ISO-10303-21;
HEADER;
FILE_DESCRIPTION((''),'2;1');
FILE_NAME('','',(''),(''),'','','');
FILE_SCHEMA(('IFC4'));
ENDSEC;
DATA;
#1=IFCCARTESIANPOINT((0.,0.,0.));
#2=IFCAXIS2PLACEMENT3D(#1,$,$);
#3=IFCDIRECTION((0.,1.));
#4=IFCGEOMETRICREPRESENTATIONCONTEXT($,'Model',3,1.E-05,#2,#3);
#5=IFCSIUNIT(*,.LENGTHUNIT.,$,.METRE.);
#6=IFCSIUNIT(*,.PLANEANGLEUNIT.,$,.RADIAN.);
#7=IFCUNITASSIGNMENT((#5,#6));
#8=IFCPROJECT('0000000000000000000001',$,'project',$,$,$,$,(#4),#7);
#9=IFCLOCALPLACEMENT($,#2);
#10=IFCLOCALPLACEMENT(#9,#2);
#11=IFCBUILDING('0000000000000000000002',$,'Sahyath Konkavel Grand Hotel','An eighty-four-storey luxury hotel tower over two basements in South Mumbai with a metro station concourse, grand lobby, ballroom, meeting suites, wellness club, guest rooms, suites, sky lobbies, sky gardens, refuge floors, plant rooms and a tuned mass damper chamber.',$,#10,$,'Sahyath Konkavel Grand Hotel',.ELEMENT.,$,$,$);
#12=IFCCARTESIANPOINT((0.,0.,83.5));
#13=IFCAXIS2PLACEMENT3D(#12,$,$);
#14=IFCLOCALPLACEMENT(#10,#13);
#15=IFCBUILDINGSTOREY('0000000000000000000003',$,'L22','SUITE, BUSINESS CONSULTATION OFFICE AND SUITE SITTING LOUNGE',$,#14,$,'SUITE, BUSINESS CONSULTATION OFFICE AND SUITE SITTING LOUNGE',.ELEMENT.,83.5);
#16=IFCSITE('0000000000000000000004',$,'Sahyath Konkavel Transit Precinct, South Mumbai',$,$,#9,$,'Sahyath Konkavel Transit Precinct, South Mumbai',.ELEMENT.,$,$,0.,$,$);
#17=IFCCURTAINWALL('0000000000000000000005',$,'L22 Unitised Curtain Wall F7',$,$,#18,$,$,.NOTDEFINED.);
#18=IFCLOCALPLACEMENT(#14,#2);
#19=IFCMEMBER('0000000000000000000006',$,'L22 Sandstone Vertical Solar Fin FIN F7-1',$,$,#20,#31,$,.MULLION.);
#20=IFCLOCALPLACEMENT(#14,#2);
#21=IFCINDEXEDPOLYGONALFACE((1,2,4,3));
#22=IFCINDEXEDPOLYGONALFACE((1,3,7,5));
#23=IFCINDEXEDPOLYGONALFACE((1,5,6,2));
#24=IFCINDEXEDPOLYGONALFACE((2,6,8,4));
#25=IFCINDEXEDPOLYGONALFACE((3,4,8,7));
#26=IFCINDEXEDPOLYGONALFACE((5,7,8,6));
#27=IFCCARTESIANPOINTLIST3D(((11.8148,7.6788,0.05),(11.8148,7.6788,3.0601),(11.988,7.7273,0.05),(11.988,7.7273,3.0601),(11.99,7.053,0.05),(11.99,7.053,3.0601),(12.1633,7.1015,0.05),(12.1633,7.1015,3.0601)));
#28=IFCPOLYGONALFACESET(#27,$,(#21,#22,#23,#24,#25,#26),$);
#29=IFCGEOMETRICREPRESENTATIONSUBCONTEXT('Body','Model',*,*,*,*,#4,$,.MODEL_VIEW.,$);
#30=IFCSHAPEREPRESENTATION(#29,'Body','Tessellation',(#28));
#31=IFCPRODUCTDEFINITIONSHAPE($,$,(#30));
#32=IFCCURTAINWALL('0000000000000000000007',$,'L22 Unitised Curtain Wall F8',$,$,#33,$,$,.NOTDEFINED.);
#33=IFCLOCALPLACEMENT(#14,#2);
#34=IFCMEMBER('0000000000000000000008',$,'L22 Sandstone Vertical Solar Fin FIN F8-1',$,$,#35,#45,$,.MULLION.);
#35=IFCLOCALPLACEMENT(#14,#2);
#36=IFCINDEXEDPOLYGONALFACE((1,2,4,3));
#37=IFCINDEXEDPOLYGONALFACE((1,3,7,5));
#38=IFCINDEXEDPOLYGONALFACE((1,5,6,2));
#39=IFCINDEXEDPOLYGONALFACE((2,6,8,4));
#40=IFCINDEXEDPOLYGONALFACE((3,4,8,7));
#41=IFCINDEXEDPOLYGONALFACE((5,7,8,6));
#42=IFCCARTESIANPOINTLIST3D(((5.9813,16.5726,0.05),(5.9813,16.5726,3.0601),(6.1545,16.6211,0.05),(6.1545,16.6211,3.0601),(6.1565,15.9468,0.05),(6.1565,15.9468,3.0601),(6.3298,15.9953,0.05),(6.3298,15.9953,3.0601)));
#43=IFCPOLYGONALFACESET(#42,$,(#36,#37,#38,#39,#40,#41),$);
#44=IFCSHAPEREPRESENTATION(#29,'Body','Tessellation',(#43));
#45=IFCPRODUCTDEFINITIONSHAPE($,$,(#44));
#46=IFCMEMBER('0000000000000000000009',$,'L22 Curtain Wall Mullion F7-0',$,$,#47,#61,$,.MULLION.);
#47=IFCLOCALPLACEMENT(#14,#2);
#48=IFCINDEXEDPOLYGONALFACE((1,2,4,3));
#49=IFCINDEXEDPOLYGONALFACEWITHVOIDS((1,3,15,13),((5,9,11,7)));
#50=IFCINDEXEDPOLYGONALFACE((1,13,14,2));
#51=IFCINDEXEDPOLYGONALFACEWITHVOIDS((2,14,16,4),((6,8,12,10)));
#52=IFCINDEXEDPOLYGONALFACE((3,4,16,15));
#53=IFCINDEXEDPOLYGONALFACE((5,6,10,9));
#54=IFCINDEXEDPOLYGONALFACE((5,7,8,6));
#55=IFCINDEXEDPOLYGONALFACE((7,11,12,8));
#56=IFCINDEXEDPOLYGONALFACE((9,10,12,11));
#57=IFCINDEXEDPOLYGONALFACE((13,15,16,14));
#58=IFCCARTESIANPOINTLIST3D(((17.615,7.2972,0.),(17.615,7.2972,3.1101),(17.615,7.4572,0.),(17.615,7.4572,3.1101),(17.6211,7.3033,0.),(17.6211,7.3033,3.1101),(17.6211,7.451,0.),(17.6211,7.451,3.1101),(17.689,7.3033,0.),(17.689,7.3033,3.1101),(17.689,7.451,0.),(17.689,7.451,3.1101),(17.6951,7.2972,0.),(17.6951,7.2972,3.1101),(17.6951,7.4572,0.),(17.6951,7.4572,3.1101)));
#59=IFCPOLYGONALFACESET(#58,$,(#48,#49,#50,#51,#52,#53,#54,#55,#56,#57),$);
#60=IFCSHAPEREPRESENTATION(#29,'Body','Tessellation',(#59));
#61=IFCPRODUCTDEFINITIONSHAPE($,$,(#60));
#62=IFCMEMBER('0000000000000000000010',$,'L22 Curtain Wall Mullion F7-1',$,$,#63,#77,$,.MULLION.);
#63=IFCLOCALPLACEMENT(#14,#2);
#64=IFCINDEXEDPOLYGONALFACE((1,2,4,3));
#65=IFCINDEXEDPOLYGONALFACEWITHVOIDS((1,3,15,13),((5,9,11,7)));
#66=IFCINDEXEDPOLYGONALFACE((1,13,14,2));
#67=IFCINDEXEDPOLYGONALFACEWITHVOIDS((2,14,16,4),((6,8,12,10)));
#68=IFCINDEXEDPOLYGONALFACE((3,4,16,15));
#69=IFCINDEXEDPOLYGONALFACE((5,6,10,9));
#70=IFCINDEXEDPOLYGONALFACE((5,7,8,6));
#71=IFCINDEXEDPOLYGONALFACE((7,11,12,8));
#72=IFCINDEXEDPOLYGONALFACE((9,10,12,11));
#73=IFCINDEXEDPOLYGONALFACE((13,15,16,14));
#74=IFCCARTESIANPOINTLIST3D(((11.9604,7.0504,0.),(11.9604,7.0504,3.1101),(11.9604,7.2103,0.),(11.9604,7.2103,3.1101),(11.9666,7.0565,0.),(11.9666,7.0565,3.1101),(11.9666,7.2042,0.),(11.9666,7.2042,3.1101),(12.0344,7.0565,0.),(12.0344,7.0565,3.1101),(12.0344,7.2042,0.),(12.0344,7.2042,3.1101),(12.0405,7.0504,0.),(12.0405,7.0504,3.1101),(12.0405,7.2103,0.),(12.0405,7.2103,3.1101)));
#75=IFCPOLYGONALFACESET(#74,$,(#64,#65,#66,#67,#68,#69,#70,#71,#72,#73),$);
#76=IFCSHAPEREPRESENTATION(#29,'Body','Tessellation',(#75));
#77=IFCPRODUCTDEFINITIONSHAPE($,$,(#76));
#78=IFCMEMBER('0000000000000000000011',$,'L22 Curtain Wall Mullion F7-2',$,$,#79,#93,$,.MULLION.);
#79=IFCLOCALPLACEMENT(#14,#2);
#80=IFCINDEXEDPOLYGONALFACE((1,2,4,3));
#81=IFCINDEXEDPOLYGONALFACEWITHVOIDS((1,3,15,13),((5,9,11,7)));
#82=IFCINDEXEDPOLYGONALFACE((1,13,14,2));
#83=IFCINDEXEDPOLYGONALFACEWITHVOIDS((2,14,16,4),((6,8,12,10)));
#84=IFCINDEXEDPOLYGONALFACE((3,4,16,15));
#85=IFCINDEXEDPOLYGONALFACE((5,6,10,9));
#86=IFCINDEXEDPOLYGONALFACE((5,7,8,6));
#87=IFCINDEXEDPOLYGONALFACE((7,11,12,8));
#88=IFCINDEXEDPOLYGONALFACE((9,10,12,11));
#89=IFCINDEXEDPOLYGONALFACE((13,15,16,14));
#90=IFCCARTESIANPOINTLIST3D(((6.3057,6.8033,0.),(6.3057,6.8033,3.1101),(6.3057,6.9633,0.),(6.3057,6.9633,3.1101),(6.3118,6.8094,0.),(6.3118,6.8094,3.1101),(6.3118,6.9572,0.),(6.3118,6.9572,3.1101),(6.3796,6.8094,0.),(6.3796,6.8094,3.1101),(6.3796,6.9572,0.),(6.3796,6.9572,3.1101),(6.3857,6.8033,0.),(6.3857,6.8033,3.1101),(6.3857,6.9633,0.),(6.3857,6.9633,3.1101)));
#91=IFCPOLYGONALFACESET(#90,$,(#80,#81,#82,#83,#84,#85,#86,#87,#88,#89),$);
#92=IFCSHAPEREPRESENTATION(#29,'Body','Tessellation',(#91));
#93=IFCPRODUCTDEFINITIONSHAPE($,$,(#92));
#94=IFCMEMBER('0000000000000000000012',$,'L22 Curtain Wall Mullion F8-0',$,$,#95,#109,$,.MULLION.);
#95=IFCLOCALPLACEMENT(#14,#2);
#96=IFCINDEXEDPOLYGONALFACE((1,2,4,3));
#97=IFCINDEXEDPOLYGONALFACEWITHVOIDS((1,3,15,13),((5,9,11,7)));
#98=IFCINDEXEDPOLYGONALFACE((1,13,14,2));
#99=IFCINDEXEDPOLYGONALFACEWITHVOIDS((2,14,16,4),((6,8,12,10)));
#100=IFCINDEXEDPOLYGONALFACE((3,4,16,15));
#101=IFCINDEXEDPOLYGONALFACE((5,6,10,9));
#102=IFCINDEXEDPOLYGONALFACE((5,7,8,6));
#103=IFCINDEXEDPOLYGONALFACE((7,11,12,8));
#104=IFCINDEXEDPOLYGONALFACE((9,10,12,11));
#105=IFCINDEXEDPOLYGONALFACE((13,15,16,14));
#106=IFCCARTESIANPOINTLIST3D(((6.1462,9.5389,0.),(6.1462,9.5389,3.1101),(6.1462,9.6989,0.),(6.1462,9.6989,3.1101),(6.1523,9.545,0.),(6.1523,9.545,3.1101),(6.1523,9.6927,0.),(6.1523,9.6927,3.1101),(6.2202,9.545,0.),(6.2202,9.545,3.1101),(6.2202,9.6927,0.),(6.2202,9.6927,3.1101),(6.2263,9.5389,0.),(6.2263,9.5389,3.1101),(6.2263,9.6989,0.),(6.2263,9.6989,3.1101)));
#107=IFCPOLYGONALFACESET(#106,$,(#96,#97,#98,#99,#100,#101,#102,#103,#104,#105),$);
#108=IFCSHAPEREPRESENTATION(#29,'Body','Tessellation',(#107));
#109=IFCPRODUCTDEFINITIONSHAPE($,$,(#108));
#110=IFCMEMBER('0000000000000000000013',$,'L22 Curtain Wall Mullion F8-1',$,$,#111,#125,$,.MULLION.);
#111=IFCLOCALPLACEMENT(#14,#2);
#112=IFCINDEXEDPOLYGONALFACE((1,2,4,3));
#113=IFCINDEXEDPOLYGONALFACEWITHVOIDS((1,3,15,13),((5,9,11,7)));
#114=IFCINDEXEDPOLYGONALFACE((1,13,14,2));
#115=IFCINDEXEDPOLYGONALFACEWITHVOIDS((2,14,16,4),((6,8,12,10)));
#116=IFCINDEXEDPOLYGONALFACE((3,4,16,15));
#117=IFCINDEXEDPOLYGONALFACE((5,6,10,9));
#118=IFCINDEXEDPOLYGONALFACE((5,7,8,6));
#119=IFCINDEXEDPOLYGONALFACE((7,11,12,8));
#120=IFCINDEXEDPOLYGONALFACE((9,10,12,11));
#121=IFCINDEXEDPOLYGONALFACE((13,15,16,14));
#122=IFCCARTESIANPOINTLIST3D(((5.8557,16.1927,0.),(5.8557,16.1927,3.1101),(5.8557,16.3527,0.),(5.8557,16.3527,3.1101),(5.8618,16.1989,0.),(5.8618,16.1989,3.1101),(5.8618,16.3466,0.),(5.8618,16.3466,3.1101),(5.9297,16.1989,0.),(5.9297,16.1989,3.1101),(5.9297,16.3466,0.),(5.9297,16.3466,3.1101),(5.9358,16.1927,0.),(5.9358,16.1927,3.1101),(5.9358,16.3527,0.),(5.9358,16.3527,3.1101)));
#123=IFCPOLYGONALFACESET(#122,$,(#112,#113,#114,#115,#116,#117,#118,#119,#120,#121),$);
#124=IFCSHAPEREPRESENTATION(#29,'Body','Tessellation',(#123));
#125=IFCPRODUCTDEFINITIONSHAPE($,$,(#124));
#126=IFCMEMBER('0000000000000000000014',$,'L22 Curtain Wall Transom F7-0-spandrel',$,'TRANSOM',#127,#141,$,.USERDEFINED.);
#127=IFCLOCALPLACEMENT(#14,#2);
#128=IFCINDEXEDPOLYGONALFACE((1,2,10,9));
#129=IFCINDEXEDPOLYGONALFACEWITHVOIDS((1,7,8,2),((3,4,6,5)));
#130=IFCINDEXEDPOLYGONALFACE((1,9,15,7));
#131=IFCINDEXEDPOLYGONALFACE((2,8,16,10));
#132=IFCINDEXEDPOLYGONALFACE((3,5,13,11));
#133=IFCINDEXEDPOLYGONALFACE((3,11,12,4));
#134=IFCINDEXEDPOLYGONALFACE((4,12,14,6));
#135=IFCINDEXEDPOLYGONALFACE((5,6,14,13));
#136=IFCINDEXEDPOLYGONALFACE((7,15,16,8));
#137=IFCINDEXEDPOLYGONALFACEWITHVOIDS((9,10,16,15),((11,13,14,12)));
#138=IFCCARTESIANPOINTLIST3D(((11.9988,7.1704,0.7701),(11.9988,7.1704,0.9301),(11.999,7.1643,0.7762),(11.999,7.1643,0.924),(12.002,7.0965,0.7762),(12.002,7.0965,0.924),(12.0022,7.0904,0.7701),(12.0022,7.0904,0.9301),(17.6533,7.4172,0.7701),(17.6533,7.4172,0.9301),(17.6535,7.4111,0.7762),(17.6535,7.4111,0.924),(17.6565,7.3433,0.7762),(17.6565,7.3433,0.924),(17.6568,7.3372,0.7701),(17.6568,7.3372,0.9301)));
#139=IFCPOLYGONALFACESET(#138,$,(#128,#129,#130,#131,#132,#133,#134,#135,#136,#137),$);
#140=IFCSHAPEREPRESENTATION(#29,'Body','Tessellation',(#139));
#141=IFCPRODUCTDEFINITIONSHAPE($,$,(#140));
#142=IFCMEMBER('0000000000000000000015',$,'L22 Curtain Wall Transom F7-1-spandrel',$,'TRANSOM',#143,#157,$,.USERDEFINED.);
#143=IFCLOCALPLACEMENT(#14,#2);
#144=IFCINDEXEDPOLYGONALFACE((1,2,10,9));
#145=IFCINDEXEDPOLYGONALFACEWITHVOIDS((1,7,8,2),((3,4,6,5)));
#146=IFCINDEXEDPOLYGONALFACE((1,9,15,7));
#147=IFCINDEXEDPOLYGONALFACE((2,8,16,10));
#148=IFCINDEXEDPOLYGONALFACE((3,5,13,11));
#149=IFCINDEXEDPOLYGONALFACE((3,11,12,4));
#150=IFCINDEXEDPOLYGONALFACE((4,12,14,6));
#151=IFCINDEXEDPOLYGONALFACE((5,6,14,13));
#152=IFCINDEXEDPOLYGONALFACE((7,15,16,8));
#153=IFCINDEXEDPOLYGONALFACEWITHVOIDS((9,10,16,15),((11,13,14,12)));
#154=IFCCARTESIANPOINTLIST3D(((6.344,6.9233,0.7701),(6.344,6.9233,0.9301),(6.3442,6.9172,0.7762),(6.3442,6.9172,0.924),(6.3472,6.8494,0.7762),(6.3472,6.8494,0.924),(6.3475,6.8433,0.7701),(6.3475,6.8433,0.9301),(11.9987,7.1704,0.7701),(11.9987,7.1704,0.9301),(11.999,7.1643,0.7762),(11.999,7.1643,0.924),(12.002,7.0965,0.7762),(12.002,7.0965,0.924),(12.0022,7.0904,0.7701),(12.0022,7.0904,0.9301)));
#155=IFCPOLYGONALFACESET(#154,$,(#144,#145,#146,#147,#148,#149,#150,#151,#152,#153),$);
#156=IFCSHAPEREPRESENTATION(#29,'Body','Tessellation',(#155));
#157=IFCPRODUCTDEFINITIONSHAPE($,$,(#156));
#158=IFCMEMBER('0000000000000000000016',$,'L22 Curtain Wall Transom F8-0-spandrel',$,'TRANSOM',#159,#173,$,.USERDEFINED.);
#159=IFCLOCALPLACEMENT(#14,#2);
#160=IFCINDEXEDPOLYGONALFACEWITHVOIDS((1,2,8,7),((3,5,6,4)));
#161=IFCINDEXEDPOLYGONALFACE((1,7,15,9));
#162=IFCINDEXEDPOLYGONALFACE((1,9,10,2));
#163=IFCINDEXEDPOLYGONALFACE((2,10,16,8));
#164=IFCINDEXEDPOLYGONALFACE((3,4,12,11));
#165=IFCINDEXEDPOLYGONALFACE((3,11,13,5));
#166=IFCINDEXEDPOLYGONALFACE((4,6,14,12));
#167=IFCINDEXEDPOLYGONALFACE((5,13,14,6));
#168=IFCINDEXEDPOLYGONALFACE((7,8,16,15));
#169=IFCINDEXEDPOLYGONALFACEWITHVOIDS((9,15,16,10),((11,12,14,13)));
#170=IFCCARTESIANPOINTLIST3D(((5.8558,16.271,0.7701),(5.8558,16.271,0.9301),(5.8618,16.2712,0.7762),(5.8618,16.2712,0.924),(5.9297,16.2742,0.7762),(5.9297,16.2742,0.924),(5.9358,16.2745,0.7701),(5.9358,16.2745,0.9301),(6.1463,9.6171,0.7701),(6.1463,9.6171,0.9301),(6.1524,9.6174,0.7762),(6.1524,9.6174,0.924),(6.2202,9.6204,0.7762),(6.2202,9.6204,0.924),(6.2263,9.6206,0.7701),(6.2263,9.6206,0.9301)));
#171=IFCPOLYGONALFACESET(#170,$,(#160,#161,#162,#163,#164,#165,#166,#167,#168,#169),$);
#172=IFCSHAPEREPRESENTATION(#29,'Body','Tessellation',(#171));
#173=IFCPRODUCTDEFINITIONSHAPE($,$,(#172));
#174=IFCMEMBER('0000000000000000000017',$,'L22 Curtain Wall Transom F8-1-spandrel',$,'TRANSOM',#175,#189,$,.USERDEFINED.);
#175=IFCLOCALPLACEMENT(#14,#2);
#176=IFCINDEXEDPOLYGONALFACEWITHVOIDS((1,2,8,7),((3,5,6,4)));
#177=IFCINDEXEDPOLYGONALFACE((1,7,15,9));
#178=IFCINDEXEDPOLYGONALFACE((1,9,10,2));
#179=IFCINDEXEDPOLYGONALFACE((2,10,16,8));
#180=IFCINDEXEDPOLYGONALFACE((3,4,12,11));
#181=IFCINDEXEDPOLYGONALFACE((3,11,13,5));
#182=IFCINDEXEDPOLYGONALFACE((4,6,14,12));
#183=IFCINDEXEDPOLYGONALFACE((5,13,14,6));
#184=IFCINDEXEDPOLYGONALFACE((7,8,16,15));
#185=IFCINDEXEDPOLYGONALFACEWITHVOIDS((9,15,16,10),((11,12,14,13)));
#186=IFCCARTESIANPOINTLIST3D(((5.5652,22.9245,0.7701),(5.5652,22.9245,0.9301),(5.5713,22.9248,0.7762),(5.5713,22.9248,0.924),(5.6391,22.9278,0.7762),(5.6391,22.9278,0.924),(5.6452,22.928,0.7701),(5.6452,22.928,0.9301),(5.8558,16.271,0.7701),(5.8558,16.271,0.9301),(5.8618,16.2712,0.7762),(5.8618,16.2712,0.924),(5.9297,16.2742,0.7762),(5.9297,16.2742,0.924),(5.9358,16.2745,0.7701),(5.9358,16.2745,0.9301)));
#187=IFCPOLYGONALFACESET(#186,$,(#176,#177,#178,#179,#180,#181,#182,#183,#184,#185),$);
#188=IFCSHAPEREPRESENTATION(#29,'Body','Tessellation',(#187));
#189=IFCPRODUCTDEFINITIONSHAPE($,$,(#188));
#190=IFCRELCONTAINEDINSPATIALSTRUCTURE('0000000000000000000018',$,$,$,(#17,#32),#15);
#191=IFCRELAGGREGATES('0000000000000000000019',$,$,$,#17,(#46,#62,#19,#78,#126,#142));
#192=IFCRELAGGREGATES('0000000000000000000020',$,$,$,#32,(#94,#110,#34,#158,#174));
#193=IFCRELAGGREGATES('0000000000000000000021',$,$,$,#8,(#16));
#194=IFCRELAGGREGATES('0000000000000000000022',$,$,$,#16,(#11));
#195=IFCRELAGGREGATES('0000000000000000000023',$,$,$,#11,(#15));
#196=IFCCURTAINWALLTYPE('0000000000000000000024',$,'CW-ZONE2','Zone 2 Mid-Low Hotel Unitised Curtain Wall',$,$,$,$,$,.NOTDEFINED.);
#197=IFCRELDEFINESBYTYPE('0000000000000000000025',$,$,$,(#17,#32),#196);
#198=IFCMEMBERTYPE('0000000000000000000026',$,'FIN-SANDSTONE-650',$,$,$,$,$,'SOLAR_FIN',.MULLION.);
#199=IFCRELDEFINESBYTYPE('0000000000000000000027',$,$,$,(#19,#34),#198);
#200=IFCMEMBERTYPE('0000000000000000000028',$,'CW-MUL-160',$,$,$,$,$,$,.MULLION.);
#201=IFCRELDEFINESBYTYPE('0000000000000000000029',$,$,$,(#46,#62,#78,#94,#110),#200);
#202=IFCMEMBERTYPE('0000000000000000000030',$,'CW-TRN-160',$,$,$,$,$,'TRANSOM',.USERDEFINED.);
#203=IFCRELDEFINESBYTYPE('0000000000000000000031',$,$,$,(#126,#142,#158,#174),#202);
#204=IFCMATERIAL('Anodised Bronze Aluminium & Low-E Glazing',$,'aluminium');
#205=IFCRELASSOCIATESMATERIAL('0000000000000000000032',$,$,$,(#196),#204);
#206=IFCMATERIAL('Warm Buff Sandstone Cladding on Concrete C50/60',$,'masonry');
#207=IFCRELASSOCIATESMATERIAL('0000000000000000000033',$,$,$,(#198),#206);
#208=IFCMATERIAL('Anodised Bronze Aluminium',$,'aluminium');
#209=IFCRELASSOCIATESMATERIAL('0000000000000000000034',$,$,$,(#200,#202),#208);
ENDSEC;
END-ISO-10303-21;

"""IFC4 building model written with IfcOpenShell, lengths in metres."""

from ifc_helpers import new_model, si_unit, direction, frame, origin, origin_2d, place, context, subcontext, project, spatial, rectangle, hollow_rectangle, extrude, source, transform, mapped, material, material_profile, profile_set, type_object, element, aggregate, save


model = new_model("IFC4")

# Units and contexts
model_context = context("Model", 3, precision=1e-05, world=origin(), true_north=direction((0.0, 1.0)))
body_context = subcontext(model_context, "Body", "Model", "MODEL_VIEW")
ifc_project = project(units=[si_unit("LENGTHUNIT", "METRE"), si_unit("PLANEANGLEUNIT", "RADIAN")], contexts=[model_context])

# Site, building, storey
site_placement = place(None, origin())
site = spatial("IfcSite", under=ifc_project, at=site_placement, Name="Sahyath Konkavel Transit Precinct, South Mumbai", LongName="Sahyath Konkavel Transit Precinct, South Mumbai", CompositionType="ELEMENT", RefElevation=0.0)
building_placement = place(site_placement, origin())
building = spatial("IfcBuilding", under=site, at=building_placement, Name="Sahyath Konkavel Grand Hotel", Description="An eighty-four-storey luxury hotel tower over two basements in South Mumbai with a metro station concourse, grand lobby, ballroom, meeting suites, wellness club, guest rooms, suites, sky lobbies, sky gardens, refuge floors, plant rooms and a tuned mass damper chamber.", LongName="Sahyath Konkavel Grand Hotel", CompositionType="ELEMENT")
storey_placement = place(building_placement, frame((0.0, 0.0, 83.5)))
storey = spatial("IfcBuildingStorey", under=building, at=storey_placement, Name="L22", Description="SUITE, BUSINESS CONSULTATION OFFICE AND SUITE SITTING LOUNGE", LongName="SUITE, BUSINESS CONSULTATION OFFICE AND SUITE SITTING LOUNGE", CompositionType="ELEMENT", Elevation=83.5)

# Curtain walls, members
ifc_material_1 = material(Name="Anodised Bronze Aluminium & Low-E Glazing", Category="aluminium")
curtain_wall_type = type_object("IfcCurtainWallType", Name="CW-ZONE2", Description="Zone 2 Mid-Low Hotel Unitised Curtain Wall", PredefinedType="NOTDEFINED", material=ifc_material_1)
curtain_wall_1_placement = place(storey_placement, origin())
curtain_wall_1 = element("IfcCurtainWall", 1, at=curtain_wall_1_placement, inside=storey, type_object=curtain_wall_type, Name="L22 Unitised Curtain Wall F7", PredefinedType="NOTDEFINED")
ifc_material_2 = material(Name="Warm Buff Sandstone Cladding on Concrete C50/60", Category="masonry")
ifc_material_profile_1 = material_profile(ifc_material_2, rectangle(XDim=0.1799, YDim=0.6499, at=origin_2d()), Name="FIN 180x650")
ifc_profile_set_1 = profile_set([ifc_material_profile_1], Name="Warm Buff Sandstone Cladding on Concrete C50/60")
member_type_1 = type_object("IfcMemberType", Name="FIN-SANDSTONE-650", ElementType="SOLAR_FIN", PredefinedType="MULLION", material=ifc_profile_set_1)
shared_shape_1 = source(origin(), body_context, "Body", "SweptSolid", [
    extrude(rectangle(XDim=0.1799, YDim=0.6499, at=origin_2d()), origin(), (0.0, 0.0, 1.0), 3.01),
])
member_1_placement = place(storey_placement, frame((11.989, 7.3901, 0.05), z_axis=(0.0, 0.0, 1.0), x_axis=(0.962975, 0.269592, 0.0)))
member_1 = element("IfcMember", 2, at=member_1_placement, type_object=member_type_1, Name="L22 Sandstone Vertical Solar Fin FIN F7-1", PredefinedType="MULLION", context=body_context, shape_type="MappedRepresentation", body=[
    mapped(shared_shape_1, transform((0.0, 0.0, 0.0), scale=1.0)),
])
curtain_wall_2_placement = place(storey_placement, origin())
curtain_wall_2 = element("IfcCurtainWall", 3, at=curtain_wall_2_placement, inside=storey, type_object=curtain_wall_type, Name="L22 Unitised Curtain Wall F8", PredefinedType="NOTDEFINED")
member_2_placement = place(storey_placement, frame((6.1555, 16.2839, 0.05), z_axis=(0.0, 0.0, 1.0), x_axis=(0.962975, 0.269592, 0.0)))
member_2 = element("IfcMember", 4, at=member_2_placement, type_object=member_type_1, Name="L22 Sandstone Vertical Solar Fin FIN F8-1", PredefinedType="MULLION", context=body_context, shape_type="MappedRepresentation", body=[
    mapped(shared_shape_1, transform((0.0, 0.0, 0.0), scale=1.0)),
])

# Members
ifc_material_3 = material(Name="Anodised Bronze Aluminium", Category="aluminium")
ifc_material_profile_2 = material_profile(ifc_material_3, hollow_rectangle(XDim=0.0801, YDim=0.1599, WallThickness=0.0061, at=origin_2d()), Name="RHS 160x80x6")
ifc_profile_set_2 = profile_set([ifc_material_profile_2], Name="Anodised Bronze Aluminium")
member_type_2 = type_object("IfcMemberType", Name="CW-MUL-160", PredefinedType="MULLION", material=ifc_profile_set_2)
shared_shape_2 = source(origin(), body_context, "Body", "SweptSolid", [
    extrude(hollow_rectangle(XDim=0.0801, YDim=0.1599, WallThickness=0.0061, at=origin_2d()), origin(), (0.0, 0.0, 1.0), 3.1101),
])
member_3_placement = place(storey_placement, frame((17.655, 7.3772, 0.0), z_axis=(0.0, 0.0, 1.0), x_axis=(1.0, 0.0, 0.0)))
member_3 = element("IfcMember", 5, at=member_3_placement, type_object=member_type_2, Name="L22 Curtain Wall Mullion F7-0", PredefinedType="MULLION", context=body_context, shape_type="MappedRepresentation", body=[
    mapped(shared_shape_2, transform((0.0, 0.0, 0.0), scale=1.0)),
])
member_4_placement = place(storey_placement, frame((12.0005, 7.1304, 0.0), z_axis=(0.0, 0.0, 1.0), x_axis=(1.0, 0.0, 0.0)))
member_4 = element("IfcMember", 6, at=member_4_placement, type_object=member_type_2, Name="L22 Curtain Wall Mullion F7-1", PredefinedType="MULLION", context=body_context, shape_type="MappedRepresentation", body=[
    mapped(shared_shape_2, transform((0.0, 0.0, 0.0), scale=1.0)),
])
member_5_placement = place(storey_placement, frame((6.3457, 6.8833, 0.0), z_axis=(0.0, 0.0, 1.0), x_axis=(1.0, 0.0, 0.0)))
member_5 = element("IfcMember", 7, at=member_5_placement, type_object=member_type_2, Name="L22 Curtain Wall Mullion F7-2", PredefinedType="MULLION", context=body_context, shape_type="MappedRepresentation", body=[
    mapped(shared_shape_2, transform((0.0, 0.0, 0.0), scale=1.0)),
])
member_6_placement = place(storey_placement, frame((6.1863, 9.6189, 0.0), z_axis=(0.0, 0.0, 1.0), x_axis=(1.0, 0.0, 0.0)))
member_6 = element("IfcMember", 8, at=member_6_placement, type_object=member_type_2, Name="L22 Curtain Wall Mullion F8-0", PredefinedType="MULLION", context=body_context, shape_type="MappedRepresentation", body=[
    mapped(shared_shape_2, transform((0.0, 0.0, 0.0), scale=1.0)),
])
member_7_placement = place(storey_placement, frame((5.8958, 16.2727, 0.0), z_axis=(0.0, 0.0, 1.0), x_axis=(1.0, 0.0, 0.0)))
member_7 = element("IfcMember", 9, at=member_7_placement, type_object=member_type_2, Name="L22 Curtain Wall Mullion F8-1", PredefinedType="MULLION", context=body_context, shape_type="MappedRepresentation", body=[
    mapped(shared_shape_2, transform((0.0, 0.0, 0.0), scale=1.0)),
])
ifc_material_profile_3 = material_profile(ifc_material_3, hollow_rectangle(XDim=0.0801, YDim=0.1599, WallThickness=0.0061, at=origin_2d()), Name="RHS 160x80x6")
ifc_profile_set_3 = profile_set([ifc_material_profile_3], Name="Anodised Bronze Aluminium")
member_type_3 = type_object("IfcMemberType", Name="CW-TRN-160", ElementType="TRANSOM", PredefinedType="USERDEFINED", material=ifc_profile_set_3)
shared_shape_3 = source(origin(), body_context, "Body", "SweptSolid", [
    extrude(hollow_rectangle(XDim=0.0801, YDim=0.1599, WallThickness=0.0061, at=origin_2d()), origin(), (0.0, 0.0, 1.0), 5.6599),
])
member_8_placement = place(storey_placement, frame((17.655, 7.3772, 0.8501), z_axis=(-0.999049, -0.043609, 0.0), x_axis=(0.043609, -0.999049, 0.0)))
member_8 = element("IfcMember", 10, at=member_8_placement, type_object=member_type_3, Name="L22 Curtain Wall Transom F7-0-spandrel", ObjectType="TRANSOM", PredefinedType="USERDEFINED", context=body_context, shape_type="MappedRepresentation", body=[
    mapped(shared_shape_3, transform((0.0, 0.0, 0.0), scale=1.0)),
])
shared_shape_4 = source(origin(), body_context, "Body", "SweptSolid", [
    extrude(hollow_rectangle(XDim=0.0801, YDim=0.1599, WallThickness=0.0061, at=origin_2d()), origin(), (0.0, 0.0, 1.0), 5.6602),
])
member_9_placement = place(storey_placement, frame((12.0005, 7.1304, 0.8501), z_axis=(-0.999047, -0.043651, 0.0), x_axis=(0.043651, -0.999047, 0.0)))
member_9 = element("IfcMember", 11, at=member_9_placement, type_object=member_type_3, Name="L22 Curtain Wall Transom F7-1-spandrel", ObjectType="TRANSOM", PredefinedType="USERDEFINED", context=body_context, shape_type="MappedRepresentation", body=[
    mapped(shared_shape_4, transform((0.0, 0.0, 0.0), scale=1.0)),
])
shared_shape_5 = source(origin(), body_context, "Body", "SweptSolid", [
    extrude(hollow_rectangle(XDim=0.0801, YDim=0.1599, WallThickness=0.0061, at=origin_2d()), origin(), (0.0, 0.0, 1.0), 6.6602),
])
member_10_placement = place(storey_placement, frame((6.1863, 9.6189, 0.8501), z_axis=(-0.043622, 0.999048, 0.0), x_axis=(-0.999048, -0.043622, 0.0)))
member_10 = element("IfcMember", 12, at=member_10_placement, type_object=member_type_3, Name="L22 Curtain Wall Transom F8-0-spandrel", ObjectType="TRANSOM", PredefinedType="USERDEFINED", context=body_context, shape_type="MappedRepresentation", body=[
    mapped(shared_shape_5, transform((0.0, 0.0, 0.0), scale=1.0)),
])
shared_shape_6 = source(origin(), body_context, "Body", "SweptSolid", [
    extrude(hollow_rectangle(XDim=0.0801, YDim=0.1599, WallThickness=0.0061, at=origin_2d()), origin(), (0.0, 0.0, 1.0), 6.6599),
])
member_11_placement = place(storey_placement, frame((5.8958, 16.2727, 0.8501), z_axis=(-0.043623, 0.999048, 0.0), x_axis=(-0.999048, -0.043623, 0.0)))
member_11 = element("IfcMember", 13, at=member_11_placement, type_object=member_type_3, Name="L22 Curtain Wall Transom F8-1-spandrel", ObjectType="TRANSOM", PredefinedType="USERDEFINED", context=body_context, shape_type="MappedRepresentation", body=[
    mapped(shared_shape_6, transform((0.0, 0.0, 0.0), scale=1.0)),
])

aggregate(curtain_wall_1, [member_3, member_4, member_1, member_5, member_8, member_9])
aggregate(curtain_wall_2, [member_6, member_7, member_2, member_10, member_11])

save(model, "model.ifc")
